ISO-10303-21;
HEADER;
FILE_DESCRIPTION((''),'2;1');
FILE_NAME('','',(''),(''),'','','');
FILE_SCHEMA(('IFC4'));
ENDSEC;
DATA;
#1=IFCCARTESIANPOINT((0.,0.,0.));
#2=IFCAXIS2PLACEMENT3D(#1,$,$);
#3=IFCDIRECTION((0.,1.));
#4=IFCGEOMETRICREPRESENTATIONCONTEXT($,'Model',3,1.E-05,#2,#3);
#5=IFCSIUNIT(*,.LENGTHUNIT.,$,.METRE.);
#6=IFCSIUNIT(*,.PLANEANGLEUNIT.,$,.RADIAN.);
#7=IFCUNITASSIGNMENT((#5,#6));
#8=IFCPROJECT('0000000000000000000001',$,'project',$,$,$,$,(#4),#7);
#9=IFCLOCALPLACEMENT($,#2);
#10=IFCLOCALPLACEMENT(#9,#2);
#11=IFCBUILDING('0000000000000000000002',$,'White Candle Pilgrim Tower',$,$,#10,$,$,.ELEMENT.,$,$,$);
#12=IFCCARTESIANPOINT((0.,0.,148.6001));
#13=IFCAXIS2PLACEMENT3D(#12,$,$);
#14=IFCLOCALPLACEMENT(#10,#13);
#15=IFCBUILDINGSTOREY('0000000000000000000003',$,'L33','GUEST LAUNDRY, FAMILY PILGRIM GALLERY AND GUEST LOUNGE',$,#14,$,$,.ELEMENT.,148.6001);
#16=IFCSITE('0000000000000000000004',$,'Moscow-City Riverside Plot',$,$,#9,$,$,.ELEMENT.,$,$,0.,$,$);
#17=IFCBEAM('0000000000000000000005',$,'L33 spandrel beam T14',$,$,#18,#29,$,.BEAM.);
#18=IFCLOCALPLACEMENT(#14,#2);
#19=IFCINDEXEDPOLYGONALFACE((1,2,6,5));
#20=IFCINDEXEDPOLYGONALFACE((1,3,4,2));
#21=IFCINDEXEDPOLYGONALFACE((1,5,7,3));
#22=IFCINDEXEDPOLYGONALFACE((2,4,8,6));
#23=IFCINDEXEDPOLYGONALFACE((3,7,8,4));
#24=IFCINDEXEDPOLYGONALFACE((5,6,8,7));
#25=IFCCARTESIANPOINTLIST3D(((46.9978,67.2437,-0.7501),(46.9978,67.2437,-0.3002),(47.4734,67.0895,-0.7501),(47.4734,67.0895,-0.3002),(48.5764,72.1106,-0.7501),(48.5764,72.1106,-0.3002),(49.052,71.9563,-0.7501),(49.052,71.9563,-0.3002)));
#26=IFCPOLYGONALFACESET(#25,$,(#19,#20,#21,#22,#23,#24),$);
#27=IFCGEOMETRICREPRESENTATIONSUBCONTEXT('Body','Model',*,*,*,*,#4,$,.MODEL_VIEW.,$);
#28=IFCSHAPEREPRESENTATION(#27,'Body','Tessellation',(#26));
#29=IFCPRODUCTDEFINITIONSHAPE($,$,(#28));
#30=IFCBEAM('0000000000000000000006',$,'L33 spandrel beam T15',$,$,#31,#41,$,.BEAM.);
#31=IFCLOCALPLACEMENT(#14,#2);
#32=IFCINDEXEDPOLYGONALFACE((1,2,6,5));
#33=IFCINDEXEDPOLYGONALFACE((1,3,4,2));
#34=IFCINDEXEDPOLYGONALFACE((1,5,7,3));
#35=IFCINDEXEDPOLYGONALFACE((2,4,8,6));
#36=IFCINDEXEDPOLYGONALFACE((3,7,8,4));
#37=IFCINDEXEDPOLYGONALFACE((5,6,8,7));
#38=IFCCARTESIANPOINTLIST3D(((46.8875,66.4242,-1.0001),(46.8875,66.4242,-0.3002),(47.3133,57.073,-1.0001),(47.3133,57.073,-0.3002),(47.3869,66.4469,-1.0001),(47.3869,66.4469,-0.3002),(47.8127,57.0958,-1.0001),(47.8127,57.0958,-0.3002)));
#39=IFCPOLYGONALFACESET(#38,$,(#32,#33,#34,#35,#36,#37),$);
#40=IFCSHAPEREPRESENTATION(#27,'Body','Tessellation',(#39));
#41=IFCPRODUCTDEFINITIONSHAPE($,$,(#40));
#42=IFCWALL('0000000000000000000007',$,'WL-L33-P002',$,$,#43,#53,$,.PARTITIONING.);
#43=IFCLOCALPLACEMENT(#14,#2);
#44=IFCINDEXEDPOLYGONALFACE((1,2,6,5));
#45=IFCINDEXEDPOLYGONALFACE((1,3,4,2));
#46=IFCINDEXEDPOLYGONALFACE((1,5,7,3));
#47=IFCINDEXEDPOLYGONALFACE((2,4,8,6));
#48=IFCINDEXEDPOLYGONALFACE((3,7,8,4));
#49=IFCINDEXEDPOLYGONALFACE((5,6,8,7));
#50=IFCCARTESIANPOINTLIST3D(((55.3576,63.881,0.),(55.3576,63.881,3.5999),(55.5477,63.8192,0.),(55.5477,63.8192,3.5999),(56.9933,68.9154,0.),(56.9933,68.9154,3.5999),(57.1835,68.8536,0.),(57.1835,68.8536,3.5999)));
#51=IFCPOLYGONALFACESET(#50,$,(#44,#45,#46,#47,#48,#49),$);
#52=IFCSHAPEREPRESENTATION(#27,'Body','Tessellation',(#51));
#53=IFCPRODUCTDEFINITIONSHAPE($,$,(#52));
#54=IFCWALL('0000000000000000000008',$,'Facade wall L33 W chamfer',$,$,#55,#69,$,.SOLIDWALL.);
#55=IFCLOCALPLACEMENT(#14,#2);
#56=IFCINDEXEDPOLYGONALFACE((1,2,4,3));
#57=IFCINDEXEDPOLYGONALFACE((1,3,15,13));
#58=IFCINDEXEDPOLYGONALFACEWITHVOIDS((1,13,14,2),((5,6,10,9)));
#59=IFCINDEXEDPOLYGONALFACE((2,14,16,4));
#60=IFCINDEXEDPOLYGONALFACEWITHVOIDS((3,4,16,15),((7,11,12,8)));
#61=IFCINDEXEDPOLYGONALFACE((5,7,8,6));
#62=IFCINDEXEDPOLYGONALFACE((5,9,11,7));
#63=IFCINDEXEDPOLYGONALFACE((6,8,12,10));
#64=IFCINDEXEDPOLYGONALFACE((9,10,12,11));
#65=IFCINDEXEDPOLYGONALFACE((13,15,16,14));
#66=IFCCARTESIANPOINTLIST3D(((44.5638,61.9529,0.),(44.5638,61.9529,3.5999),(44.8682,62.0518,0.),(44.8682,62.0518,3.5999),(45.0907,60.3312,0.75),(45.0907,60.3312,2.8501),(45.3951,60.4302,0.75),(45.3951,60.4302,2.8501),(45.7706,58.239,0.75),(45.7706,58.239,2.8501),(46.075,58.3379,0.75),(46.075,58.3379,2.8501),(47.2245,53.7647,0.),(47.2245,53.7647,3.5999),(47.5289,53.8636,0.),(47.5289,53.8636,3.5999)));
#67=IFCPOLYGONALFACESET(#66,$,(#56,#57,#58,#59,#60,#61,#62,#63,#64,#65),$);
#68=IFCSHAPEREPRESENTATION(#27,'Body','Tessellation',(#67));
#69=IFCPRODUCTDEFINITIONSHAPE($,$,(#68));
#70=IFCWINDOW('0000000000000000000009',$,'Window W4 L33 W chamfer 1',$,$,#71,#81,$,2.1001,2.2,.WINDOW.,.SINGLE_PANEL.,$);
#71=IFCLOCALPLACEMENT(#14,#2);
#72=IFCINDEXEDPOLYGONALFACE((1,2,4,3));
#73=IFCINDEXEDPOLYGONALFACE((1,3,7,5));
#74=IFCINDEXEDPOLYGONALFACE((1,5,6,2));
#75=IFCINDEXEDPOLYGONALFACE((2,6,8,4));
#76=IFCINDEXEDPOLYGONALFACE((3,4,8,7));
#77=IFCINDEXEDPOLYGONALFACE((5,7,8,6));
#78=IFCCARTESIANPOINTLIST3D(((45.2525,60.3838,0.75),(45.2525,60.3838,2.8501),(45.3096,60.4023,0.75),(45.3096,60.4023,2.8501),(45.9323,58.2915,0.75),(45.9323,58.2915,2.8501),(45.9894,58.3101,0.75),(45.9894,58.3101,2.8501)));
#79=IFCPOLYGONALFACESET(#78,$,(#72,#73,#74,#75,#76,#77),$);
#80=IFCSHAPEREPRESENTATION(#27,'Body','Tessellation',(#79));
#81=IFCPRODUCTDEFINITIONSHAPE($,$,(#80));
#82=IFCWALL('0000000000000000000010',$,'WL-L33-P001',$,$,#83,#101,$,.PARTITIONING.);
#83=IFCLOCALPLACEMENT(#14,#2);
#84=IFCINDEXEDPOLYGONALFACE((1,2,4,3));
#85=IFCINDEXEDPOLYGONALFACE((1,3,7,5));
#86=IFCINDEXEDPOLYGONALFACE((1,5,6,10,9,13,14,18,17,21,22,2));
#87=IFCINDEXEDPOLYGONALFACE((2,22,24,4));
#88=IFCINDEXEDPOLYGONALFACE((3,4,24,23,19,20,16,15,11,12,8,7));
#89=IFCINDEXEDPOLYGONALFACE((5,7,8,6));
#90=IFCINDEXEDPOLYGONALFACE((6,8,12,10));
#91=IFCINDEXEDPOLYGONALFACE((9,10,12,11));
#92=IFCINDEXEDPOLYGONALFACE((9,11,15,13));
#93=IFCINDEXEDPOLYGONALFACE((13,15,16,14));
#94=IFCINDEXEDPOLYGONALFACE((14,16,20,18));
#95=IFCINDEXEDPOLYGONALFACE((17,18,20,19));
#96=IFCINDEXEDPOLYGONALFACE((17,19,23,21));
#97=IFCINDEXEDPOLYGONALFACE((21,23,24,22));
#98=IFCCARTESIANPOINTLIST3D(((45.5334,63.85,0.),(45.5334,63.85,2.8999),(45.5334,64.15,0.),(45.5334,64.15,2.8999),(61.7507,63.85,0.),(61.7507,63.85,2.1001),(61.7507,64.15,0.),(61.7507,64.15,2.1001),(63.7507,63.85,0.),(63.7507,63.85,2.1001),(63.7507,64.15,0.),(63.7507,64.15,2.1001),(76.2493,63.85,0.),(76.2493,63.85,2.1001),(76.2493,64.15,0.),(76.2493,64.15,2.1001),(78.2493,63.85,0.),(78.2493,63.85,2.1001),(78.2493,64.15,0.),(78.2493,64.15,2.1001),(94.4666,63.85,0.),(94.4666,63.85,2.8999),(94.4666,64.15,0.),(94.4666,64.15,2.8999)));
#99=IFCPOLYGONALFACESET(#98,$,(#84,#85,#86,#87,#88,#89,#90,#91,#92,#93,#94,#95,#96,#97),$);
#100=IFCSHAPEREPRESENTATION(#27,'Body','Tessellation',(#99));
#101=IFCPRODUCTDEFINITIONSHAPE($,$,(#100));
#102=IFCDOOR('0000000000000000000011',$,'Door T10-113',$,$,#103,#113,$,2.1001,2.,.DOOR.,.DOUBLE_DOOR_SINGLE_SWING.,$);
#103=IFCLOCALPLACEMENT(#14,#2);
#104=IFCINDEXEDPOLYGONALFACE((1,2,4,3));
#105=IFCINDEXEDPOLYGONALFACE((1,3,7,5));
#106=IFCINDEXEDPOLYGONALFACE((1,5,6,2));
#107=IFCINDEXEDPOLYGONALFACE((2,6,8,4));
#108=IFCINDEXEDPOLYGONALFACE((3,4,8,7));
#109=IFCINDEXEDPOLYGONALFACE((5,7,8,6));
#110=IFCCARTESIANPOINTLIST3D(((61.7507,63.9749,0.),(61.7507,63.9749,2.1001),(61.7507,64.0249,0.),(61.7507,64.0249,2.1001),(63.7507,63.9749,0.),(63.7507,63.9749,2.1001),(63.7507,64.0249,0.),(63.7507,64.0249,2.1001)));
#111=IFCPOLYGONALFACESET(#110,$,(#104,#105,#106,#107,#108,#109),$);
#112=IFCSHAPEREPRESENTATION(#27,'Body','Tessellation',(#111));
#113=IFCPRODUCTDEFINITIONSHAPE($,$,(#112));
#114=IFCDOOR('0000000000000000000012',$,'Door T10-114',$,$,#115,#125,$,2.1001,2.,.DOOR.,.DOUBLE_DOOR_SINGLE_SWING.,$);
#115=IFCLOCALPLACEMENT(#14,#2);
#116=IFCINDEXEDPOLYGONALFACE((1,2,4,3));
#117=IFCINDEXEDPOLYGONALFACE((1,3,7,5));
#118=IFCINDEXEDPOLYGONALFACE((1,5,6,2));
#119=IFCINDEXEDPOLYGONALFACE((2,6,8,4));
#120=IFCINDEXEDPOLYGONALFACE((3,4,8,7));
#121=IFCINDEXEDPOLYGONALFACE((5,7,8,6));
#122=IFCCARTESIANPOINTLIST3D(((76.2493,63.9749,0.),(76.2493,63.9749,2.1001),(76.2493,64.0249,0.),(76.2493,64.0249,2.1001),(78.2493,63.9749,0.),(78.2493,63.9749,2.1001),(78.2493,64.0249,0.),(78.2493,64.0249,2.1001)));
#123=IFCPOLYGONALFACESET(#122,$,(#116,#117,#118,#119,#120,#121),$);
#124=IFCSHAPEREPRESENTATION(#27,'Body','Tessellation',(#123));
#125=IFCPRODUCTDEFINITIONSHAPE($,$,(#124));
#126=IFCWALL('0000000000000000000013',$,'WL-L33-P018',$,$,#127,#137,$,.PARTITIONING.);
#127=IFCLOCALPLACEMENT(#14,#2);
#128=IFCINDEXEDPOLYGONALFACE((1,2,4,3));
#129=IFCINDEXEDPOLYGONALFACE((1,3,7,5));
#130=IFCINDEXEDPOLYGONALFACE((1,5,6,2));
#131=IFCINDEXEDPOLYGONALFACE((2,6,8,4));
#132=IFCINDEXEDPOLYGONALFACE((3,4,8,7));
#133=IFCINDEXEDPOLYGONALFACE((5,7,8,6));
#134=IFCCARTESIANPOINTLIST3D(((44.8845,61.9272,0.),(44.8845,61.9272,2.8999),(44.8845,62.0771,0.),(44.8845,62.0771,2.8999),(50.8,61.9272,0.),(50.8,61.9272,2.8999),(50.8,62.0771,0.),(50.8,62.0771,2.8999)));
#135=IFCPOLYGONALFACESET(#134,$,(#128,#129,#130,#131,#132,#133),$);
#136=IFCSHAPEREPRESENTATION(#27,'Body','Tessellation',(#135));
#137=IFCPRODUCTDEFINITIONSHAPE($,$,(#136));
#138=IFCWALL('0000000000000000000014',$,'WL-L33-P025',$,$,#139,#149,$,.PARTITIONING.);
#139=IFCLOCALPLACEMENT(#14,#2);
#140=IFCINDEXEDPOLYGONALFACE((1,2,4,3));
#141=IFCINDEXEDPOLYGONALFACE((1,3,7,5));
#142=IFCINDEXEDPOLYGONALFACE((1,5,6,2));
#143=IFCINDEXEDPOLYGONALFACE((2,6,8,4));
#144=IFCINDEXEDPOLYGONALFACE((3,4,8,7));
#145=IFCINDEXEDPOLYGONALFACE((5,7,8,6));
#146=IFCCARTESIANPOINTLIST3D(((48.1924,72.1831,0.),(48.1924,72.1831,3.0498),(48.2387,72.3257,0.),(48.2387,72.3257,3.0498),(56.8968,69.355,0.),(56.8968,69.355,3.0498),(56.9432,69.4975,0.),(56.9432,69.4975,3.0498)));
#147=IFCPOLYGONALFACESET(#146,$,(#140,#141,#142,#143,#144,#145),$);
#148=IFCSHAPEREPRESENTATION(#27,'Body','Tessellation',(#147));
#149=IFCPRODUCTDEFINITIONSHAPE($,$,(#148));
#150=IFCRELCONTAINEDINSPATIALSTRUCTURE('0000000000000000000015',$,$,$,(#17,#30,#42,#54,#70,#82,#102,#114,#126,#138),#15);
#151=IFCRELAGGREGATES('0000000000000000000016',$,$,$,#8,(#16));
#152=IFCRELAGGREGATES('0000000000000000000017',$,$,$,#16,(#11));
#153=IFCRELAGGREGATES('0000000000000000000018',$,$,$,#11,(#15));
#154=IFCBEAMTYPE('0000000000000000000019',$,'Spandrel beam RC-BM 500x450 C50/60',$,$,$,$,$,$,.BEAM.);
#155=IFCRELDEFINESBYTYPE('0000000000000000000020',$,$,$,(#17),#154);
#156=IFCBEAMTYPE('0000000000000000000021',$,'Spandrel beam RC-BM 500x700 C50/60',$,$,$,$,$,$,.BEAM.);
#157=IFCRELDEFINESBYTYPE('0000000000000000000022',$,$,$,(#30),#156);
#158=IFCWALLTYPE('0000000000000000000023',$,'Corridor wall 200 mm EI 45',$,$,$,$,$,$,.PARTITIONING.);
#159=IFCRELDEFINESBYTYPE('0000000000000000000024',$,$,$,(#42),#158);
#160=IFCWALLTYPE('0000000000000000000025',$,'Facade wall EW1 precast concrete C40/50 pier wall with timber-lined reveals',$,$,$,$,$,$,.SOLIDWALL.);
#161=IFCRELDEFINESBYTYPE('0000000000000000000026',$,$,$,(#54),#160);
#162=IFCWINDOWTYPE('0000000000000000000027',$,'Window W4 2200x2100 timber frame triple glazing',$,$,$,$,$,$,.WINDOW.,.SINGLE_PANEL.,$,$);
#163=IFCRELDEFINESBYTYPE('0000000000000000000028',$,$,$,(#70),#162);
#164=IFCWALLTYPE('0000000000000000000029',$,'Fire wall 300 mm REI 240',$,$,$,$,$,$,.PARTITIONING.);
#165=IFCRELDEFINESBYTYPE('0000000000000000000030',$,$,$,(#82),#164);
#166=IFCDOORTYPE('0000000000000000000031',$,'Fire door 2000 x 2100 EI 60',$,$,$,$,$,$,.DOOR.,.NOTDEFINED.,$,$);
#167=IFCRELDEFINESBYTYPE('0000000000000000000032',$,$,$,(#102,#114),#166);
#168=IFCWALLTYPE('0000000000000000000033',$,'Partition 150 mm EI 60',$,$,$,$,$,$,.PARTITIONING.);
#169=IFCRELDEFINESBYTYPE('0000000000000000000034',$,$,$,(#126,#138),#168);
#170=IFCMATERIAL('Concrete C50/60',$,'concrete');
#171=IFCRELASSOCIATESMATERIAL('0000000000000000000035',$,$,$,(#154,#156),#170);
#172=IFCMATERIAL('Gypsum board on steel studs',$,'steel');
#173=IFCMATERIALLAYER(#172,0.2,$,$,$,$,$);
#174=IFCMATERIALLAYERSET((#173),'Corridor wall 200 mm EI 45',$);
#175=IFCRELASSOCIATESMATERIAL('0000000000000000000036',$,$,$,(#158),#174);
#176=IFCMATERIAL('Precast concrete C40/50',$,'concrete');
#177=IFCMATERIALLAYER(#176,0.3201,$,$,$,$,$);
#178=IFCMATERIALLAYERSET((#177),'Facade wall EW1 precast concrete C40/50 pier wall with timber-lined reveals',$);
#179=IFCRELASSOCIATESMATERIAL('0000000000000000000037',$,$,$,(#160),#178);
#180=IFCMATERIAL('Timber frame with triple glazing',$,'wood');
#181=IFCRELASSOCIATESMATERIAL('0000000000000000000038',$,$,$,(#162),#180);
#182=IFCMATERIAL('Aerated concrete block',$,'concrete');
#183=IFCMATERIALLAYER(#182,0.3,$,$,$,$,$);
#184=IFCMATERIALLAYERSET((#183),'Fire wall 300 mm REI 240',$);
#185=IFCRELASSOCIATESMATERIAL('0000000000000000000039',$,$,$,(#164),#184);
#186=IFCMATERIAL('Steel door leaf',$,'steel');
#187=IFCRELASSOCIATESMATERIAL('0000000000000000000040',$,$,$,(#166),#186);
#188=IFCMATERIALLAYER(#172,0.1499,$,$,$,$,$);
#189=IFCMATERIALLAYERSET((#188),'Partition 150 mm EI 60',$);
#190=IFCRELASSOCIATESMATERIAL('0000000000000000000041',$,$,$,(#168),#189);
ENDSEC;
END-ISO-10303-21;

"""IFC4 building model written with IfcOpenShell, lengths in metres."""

from ifc_helpers import new_model, si_unit, direction, frame, frame_2d, origin, origin_2d, place, context, subcontext, project, spatial, rectangle, extrude, material, layer, layer_set, material_profile, profile_set, type_object, element, fill, save


model = new_model("IFC4")

# Units and contexts
model_context = context("Model", 3, precision=1e-05, world=origin(), true_north=direction((0.0, 1.0)))
body_context = subcontext(model_context, "Body", "Model", "MODEL_VIEW")
ifc_project = project(units=[si_unit("LENGTHUNIT", "METRE"), si_unit("PLANEANGLEUNIT", "RADIAN")], contexts=[model_context])

# Site, building, storey
site_placement = place(None, origin())
site = spatial("IfcSite", under=ifc_project, at=site_placement, Name="Moscow-City Riverside Plot", CompositionType="ELEMENT", RefElevation=0.0)
building_placement = place(site_placement, origin())
building = spatial("IfcBuilding", under=site, at=building_placement, Name="White Candle Pilgrim Tower", CompositionType="ELEMENT")
storey_placement = place(building_placement, frame((0.0, 0.0, 148.6001)))
storey = spatial("IfcBuildingStorey", under=building, at=storey_placement, Name="L33", Description="GUEST LAUNDRY, FAMILY PILGRIM GALLERY AND GUEST LOUNGE", CompositionType="ELEMENT", Elevation=148.6001)

# Beams
ifc_material_1 = material(Name="Concrete C50/60", Category="concrete")
ifc_material_profile_1 = material_profile(ifc_material_1, rectangle(XDim=0.5, YDim=0.45, at=origin_2d()), Name="RC-BM 500x450")
ifc_profile_set_1 = profile_set([ifc_material_profile_1], Name="Concrete C50/60")
beam_type_1 = type_object("IfcBeamType", Name="Spandrel beam RC-BM 500x450 C50/60", PredefinedType="BEAM", material=ifc_profile_set_1)
beam_1_placement = place(storey_placement, frame((48.8142, 72.0334, -0.5251), z_axis=(-0.30853, -0.951214, 0.0), x_axis=(0.951214, -0.30853, 0.0)))
element("IfcBeam", 1, at=beam_1_placement, inside=storey, type_object=beam_type_1, Name="L33 spandrel beam T14", PredefinedType="BEAM", context=body_context, shape_type="SweptSolid", body=[
    extrude(rectangle(XDim=0.5, YDim=0.45, at=origin_2d()), origin(), (0.0, 0.0, 1.0), 5.1165),
])
ifc_material_profile_2 = material_profile(ifc_material_1, rectangle(XDim=0.5, YDim=0.7, at=origin_2d()), Name="RC-BM 500x700")
ifc_profile_set_2 = profile_set([ifc_material_profile_2], Name="Concrete C50/60")
beam_type_2 = type_object("IfcBeamType", Name="Spandrel beam RC-BM 500x700 C50/60", PredefinedType="BEAM", material=ifc_profile_set_2)
beam_2_placement = place(storey_placement, frame((47.1372, 66.4355, -0.6501), z_axis=(0.045486, -0.998965, 0.0), x_axis=(0.998965, 0.045486, 0.0)))
element("IfcBeam", 2, at=beam_2_placement, inside=storey, type_object=beam_type_2, Name="L33 spandrel beam T15", PredefinedType="BEAM", context=body_context, shape_type="SweptSolid", body=[
    extrude(rectangle(XDim=0.5, YDim=0.7, at=origin_2d()), origin(), (0.0, 0.0, 1.0), 9.3608),
])

# Wall
ifc_material_2 = material(Name="Gypsum board on steel studs", Category="steel")
ifc_layer_1 = layer(ifc_material_2, 0.2)
ifc_layer_set_1 = layer_set([ifc_layer_1], Name="Corridor wall 200 mm EI 45")
wall_type_1 = type_object("IfcWallType", Name="Corridor wall 200 mm EI 45", PredefinedType="PARTITIONING", material=ifc_layer_set_1)
wall_1_placement = place(storey_placement, frame((55.4526, 63.8501, 0.0), z_axis=(0.0, 0.0, 1.0), x_axis=(0.30901, 0.951059, 0.0)))
element("IfcWall", 3, at=wall_1_placement, inside=storey, type_object=wall_type_1, Name="WL-L33-P002", PredefinedType="PARTITIONING", context=body_context, shape_type="SweptSolid", body=[
    extrude(rectangle(XDim=5.2935, YDim=0.2, at=frame_2d((2.6467, 0.0))), origin(), (0.0, 0.0, 1.0), 3.5999),
])

# Wall, opening, window
ifc_material_3 = material(Name="Precast concrete C40/50", Category="concrete")
ifc_layer_2 = layer(ifc_material_3, 0.3201)
ifc_layer_set_2 = layer_set([ifc_layer_2], Name="Facade wall EW1 precast concrete C40/50 pier wall with timber-lined reveals")
wall_type_2 = type_object("IfcWallType", Name="Facade wall EW1 precast concrete C40/50 pier wall with timber-lined reveals", PredefinedType="SOLIDWALL", material=ifc_layer_set_2)
wall_2_placement = place(storey_placement, frame((44.7161, 62.0022, 0.0), z_axis=(0.0, 0.0, 1.0), x_axis=(0.30903, -0.951052, 0.0)))
wall_2 = element("IfcWall", 4, at=wall_2_placement, inside=storey, type_object=wall_type_2, Name="Facade wall L33 W chamfer", PredefinedType="SOLIDWALL", context=body_context, shape_type="SweptSolid", body=[
    extrude(rectangle(XDim=8.6096, YDim=0.3201, at=frame_2d((4.3047, 0.0))), origin(), (0.0, 0.0, 1.0), 3.5999),
])
opening_1_placement = place(wall_2_placement, frame((1.7048, 0.0, 0.75)))
opening_1 = element("IfcOpeningElement", 5, at=opening_1_placement, cuts=wall_2, PredefinedType="OPENING", context=body_context, shape_type="SweptSolid", body=[
    extrude(rectangle(XDim=2.2, YDim=2.1001, at=frame_2d((1.1001, 1.05))), frame((0.0, 0.1699, 0.0), z_axis=(0.0, -1.0, 0.0), x_axis=(1.0, 0.0, 0.0)), (0.0, 0.0, 1.0), 0.3401),
])
ifc_material_4 = material(Name="Timber frame with triple glazing", Category="wood")
window_type = type_object("IfcWindowType", Name="Window W4 2200x2100 timber frame triple glazing", PartitioningType="SINGLE_PANEL", PredefinedType="WINDOW", material=ifc_material_4)
window_placement = place(opening_1_placement, origin())
window = element("IfcWindow", 6, at=window_placement, inside=storey, type_object=window_type, Name="Window W4 L33 W chamfer 1", OverallHeight=2.1001, OverallWidth=2.2, PartitioningType="SINGLE_PANEL", PredefinedType="WINDOW", context=body_context, shape_type="SweptSolid", body=[
    extrude(rectangle(XDim=2.2, YDim=2.1001, at=frame_2d((1.1001, 1.05))), frame((0.0, 0.0701, 0.0), z_axis=(0.0, -1.0, 0.0), x_axis=(1.0, 0.0, 0.0)), (0.0, 0.0, 1.0), 0.0601),
])
fill(opening_1, window)

# Wall, openings, doors
ifc_material_5 = material(Name="Aerated concrete block", Category="concrete")
ifc_layer_3 = layer(ifc_material_5, 0.3)
ifc_layer_set_3 = layer_set([ifc_layer_3], Name="Fire wall 300 mm REI 240")
wall_type_3 = type_object("IfcWallType", Name="Fire wall 300 mm REI 240", PredefinedType="PARTITIONING", material=ifc_layer_set_3)
wall_3_placement = place(storey_placement, frame((45.5334, 64.0, 0.0), z_axis=(0.0, 0.0, 1.0), x_axis=(1.0, 0.0, 0.0)))
wall_3 = element("IfcWall", 7, at=wall_3_placement, inside=storey, type_object=wall_type_3, Name="WL-L33-P001", PredefinedType="PARTITIONING", context=body_context, shape_type="SweptSolid", body=[
    extrude(rectangle(XDim=48.9331, YDim=0.3, at=frame_2d((24.4666, 0.0))), origin(), (0.0, 0.0, 1.0), 2.8999),
])
opening_2_placement = place(wall_3_placement, frame((16.2173, 0.0, 0.0)))
opening_2 = element("IfcOpeningElement", 8, at=opening_2_placement, cuts=wall_3, PredefinedType="OPENING", context=body_context, shape_type="SweptSolid", body=[
    extrude(rectangle(XDim=2.0, YDim=2.1001, at=frame_2d((1.0, 1.05))), frame((0.0, 0.1599, 0.0), z_axis=(0.0, -1.0, 0.0), x_axis=(1.0, 0.0, 0.0)), (0.0, 0.0, 1.0), 0.3201),
])
opening_3_placement = place(wall_3_placement, frame((30.7158, 0.0, 0.0)))
opening_3 = element("IfcOpeningElement", 9, at=opening_3_placement, cuts=wall_3, PredefinedType="OPENING", context=body_context, shape_type="SweptSolid", body=[
    extrude(rectangle(XDim=2.0, YDim=2.1001, at=frame_2d((1.0, 1.05))), frame((0.0, 0.1599, 0.0), z_axis=(0.0, -1.0, 0.0), x_axis=(1.0, 0.0, 0.0)), (0.0, 0.0, 1.0), 0.3201),
])
ifc_material_6 = material(Name="Steel door leaf", Category="steel")
door_type_1 = type_object("IfcDoorType", Name="Fire door 2000 x 2100 EI 60", OperationType="NOTDEFINED", PredefinedType="DOOR", material=ifc_material_6)
door_1_placement = place(opening_2_placement, origin())
door_1 = element("IfcDoor", 10, at=door_1_placement, inside=storey, type_object=door_type_1, Name="Door T10-113", OperationType="DOUBLE_DOOR_SINGLE_SWING", OverallHeight=2.1001, OverallWidth=2.0, PredefinedType="DOOR", context=body_context, shape_type="SweptSolid", body=[
    extrude(rectangle(XDim=2.0, YDim=2.1001, at=frame_2d((1.0, 1.05))), frame((0.0, 0.0249, 0.0), z_axis=(0.0, -1.0, 0.0), x_axis=(1.0, 0.0, 0.0)), (0.0, 0.0, 1.0), 0.05),
])
fill(opening_2, door_1)
door_2_placement = place(opening_3_placement, origin())
door_2 = element("IfcDoor", 11, at=door_2_placement, inside=storey, type_object=door_type_1, Name="Door T10-114", OperationType="DOUBLE_DOOR_SINGLE_SWING", OverallHeight=2.1001, OverallWidth=2.0, PredefinedType="DOOR", context=body_context, shape_type="SweptSolid", body=[
    extrude(rectangle(XDim=2.0, YDim=2.1001, at=frame_2d((1.0, 1.05))), frame((0.0, 0.0249, 0.0), z_axis=(0.0, -1.0, 0.0), x_axis=(1.0, 0.0, 0.0)), (0.0, 0.0, 1.0), 0.05),
])
fill(opening_3, door_2)

# Walls
ifc_layer_4 = layer(ifc_material_2, 0.1499)
ifc_layer_set_4 = layer_set([ifc_layer_4], Name="Partition 150 mm EI 60")
wall_type_4 = type_object("IfcWallType", Name="Partition 150 mm EI 60", PredefinedType="PARTITIONING", material=ifc_layer_set_4)
wall_4_placement = place(storey_placement, frame((44.8845, 62.0022, 0.0), z_axis=(0.0, 0.0, 1.0), x_axis=(1.0, 0.0, 0.0)))
element("IfcWall", 12, at=wall_4_placement, inside=storey, type_object=wall_type_4, Name="WL-L33-P018", PredefinedType="PARTITIONING", context=body_context, shape_type="SweptSolid", body=[
    extrude(rectangle(XDim=5.9155, YDim=0.1499, at=frame_2d((2.9578, 0.0))), origin(), (0.0, 0.0, 1.0), 2.8999),
])
wall_5_placement = place(storey_placement, frame((48.2156, 72.2544, 0.0), z_axis=(0.0, 0.0, 1.0), x_axis=(0.951059, -0.309008, 0.0)))
element("IfcWall", 13, at=wall_5_placement, inside=storey, type_object=wall_type_4, Name="WL-L33-P025", PredefinedType="PARTITIONING", context=body_context, shape_type="SweptSolid", body=[
    extrude(rectangle(XDim=9.1523, YDim=0.1499, at=frame_2d((4.5762, 0.0))), origin(), (0.0, 0.0, 1.0), 3.0498),
])

save(model, "model.ifc")
